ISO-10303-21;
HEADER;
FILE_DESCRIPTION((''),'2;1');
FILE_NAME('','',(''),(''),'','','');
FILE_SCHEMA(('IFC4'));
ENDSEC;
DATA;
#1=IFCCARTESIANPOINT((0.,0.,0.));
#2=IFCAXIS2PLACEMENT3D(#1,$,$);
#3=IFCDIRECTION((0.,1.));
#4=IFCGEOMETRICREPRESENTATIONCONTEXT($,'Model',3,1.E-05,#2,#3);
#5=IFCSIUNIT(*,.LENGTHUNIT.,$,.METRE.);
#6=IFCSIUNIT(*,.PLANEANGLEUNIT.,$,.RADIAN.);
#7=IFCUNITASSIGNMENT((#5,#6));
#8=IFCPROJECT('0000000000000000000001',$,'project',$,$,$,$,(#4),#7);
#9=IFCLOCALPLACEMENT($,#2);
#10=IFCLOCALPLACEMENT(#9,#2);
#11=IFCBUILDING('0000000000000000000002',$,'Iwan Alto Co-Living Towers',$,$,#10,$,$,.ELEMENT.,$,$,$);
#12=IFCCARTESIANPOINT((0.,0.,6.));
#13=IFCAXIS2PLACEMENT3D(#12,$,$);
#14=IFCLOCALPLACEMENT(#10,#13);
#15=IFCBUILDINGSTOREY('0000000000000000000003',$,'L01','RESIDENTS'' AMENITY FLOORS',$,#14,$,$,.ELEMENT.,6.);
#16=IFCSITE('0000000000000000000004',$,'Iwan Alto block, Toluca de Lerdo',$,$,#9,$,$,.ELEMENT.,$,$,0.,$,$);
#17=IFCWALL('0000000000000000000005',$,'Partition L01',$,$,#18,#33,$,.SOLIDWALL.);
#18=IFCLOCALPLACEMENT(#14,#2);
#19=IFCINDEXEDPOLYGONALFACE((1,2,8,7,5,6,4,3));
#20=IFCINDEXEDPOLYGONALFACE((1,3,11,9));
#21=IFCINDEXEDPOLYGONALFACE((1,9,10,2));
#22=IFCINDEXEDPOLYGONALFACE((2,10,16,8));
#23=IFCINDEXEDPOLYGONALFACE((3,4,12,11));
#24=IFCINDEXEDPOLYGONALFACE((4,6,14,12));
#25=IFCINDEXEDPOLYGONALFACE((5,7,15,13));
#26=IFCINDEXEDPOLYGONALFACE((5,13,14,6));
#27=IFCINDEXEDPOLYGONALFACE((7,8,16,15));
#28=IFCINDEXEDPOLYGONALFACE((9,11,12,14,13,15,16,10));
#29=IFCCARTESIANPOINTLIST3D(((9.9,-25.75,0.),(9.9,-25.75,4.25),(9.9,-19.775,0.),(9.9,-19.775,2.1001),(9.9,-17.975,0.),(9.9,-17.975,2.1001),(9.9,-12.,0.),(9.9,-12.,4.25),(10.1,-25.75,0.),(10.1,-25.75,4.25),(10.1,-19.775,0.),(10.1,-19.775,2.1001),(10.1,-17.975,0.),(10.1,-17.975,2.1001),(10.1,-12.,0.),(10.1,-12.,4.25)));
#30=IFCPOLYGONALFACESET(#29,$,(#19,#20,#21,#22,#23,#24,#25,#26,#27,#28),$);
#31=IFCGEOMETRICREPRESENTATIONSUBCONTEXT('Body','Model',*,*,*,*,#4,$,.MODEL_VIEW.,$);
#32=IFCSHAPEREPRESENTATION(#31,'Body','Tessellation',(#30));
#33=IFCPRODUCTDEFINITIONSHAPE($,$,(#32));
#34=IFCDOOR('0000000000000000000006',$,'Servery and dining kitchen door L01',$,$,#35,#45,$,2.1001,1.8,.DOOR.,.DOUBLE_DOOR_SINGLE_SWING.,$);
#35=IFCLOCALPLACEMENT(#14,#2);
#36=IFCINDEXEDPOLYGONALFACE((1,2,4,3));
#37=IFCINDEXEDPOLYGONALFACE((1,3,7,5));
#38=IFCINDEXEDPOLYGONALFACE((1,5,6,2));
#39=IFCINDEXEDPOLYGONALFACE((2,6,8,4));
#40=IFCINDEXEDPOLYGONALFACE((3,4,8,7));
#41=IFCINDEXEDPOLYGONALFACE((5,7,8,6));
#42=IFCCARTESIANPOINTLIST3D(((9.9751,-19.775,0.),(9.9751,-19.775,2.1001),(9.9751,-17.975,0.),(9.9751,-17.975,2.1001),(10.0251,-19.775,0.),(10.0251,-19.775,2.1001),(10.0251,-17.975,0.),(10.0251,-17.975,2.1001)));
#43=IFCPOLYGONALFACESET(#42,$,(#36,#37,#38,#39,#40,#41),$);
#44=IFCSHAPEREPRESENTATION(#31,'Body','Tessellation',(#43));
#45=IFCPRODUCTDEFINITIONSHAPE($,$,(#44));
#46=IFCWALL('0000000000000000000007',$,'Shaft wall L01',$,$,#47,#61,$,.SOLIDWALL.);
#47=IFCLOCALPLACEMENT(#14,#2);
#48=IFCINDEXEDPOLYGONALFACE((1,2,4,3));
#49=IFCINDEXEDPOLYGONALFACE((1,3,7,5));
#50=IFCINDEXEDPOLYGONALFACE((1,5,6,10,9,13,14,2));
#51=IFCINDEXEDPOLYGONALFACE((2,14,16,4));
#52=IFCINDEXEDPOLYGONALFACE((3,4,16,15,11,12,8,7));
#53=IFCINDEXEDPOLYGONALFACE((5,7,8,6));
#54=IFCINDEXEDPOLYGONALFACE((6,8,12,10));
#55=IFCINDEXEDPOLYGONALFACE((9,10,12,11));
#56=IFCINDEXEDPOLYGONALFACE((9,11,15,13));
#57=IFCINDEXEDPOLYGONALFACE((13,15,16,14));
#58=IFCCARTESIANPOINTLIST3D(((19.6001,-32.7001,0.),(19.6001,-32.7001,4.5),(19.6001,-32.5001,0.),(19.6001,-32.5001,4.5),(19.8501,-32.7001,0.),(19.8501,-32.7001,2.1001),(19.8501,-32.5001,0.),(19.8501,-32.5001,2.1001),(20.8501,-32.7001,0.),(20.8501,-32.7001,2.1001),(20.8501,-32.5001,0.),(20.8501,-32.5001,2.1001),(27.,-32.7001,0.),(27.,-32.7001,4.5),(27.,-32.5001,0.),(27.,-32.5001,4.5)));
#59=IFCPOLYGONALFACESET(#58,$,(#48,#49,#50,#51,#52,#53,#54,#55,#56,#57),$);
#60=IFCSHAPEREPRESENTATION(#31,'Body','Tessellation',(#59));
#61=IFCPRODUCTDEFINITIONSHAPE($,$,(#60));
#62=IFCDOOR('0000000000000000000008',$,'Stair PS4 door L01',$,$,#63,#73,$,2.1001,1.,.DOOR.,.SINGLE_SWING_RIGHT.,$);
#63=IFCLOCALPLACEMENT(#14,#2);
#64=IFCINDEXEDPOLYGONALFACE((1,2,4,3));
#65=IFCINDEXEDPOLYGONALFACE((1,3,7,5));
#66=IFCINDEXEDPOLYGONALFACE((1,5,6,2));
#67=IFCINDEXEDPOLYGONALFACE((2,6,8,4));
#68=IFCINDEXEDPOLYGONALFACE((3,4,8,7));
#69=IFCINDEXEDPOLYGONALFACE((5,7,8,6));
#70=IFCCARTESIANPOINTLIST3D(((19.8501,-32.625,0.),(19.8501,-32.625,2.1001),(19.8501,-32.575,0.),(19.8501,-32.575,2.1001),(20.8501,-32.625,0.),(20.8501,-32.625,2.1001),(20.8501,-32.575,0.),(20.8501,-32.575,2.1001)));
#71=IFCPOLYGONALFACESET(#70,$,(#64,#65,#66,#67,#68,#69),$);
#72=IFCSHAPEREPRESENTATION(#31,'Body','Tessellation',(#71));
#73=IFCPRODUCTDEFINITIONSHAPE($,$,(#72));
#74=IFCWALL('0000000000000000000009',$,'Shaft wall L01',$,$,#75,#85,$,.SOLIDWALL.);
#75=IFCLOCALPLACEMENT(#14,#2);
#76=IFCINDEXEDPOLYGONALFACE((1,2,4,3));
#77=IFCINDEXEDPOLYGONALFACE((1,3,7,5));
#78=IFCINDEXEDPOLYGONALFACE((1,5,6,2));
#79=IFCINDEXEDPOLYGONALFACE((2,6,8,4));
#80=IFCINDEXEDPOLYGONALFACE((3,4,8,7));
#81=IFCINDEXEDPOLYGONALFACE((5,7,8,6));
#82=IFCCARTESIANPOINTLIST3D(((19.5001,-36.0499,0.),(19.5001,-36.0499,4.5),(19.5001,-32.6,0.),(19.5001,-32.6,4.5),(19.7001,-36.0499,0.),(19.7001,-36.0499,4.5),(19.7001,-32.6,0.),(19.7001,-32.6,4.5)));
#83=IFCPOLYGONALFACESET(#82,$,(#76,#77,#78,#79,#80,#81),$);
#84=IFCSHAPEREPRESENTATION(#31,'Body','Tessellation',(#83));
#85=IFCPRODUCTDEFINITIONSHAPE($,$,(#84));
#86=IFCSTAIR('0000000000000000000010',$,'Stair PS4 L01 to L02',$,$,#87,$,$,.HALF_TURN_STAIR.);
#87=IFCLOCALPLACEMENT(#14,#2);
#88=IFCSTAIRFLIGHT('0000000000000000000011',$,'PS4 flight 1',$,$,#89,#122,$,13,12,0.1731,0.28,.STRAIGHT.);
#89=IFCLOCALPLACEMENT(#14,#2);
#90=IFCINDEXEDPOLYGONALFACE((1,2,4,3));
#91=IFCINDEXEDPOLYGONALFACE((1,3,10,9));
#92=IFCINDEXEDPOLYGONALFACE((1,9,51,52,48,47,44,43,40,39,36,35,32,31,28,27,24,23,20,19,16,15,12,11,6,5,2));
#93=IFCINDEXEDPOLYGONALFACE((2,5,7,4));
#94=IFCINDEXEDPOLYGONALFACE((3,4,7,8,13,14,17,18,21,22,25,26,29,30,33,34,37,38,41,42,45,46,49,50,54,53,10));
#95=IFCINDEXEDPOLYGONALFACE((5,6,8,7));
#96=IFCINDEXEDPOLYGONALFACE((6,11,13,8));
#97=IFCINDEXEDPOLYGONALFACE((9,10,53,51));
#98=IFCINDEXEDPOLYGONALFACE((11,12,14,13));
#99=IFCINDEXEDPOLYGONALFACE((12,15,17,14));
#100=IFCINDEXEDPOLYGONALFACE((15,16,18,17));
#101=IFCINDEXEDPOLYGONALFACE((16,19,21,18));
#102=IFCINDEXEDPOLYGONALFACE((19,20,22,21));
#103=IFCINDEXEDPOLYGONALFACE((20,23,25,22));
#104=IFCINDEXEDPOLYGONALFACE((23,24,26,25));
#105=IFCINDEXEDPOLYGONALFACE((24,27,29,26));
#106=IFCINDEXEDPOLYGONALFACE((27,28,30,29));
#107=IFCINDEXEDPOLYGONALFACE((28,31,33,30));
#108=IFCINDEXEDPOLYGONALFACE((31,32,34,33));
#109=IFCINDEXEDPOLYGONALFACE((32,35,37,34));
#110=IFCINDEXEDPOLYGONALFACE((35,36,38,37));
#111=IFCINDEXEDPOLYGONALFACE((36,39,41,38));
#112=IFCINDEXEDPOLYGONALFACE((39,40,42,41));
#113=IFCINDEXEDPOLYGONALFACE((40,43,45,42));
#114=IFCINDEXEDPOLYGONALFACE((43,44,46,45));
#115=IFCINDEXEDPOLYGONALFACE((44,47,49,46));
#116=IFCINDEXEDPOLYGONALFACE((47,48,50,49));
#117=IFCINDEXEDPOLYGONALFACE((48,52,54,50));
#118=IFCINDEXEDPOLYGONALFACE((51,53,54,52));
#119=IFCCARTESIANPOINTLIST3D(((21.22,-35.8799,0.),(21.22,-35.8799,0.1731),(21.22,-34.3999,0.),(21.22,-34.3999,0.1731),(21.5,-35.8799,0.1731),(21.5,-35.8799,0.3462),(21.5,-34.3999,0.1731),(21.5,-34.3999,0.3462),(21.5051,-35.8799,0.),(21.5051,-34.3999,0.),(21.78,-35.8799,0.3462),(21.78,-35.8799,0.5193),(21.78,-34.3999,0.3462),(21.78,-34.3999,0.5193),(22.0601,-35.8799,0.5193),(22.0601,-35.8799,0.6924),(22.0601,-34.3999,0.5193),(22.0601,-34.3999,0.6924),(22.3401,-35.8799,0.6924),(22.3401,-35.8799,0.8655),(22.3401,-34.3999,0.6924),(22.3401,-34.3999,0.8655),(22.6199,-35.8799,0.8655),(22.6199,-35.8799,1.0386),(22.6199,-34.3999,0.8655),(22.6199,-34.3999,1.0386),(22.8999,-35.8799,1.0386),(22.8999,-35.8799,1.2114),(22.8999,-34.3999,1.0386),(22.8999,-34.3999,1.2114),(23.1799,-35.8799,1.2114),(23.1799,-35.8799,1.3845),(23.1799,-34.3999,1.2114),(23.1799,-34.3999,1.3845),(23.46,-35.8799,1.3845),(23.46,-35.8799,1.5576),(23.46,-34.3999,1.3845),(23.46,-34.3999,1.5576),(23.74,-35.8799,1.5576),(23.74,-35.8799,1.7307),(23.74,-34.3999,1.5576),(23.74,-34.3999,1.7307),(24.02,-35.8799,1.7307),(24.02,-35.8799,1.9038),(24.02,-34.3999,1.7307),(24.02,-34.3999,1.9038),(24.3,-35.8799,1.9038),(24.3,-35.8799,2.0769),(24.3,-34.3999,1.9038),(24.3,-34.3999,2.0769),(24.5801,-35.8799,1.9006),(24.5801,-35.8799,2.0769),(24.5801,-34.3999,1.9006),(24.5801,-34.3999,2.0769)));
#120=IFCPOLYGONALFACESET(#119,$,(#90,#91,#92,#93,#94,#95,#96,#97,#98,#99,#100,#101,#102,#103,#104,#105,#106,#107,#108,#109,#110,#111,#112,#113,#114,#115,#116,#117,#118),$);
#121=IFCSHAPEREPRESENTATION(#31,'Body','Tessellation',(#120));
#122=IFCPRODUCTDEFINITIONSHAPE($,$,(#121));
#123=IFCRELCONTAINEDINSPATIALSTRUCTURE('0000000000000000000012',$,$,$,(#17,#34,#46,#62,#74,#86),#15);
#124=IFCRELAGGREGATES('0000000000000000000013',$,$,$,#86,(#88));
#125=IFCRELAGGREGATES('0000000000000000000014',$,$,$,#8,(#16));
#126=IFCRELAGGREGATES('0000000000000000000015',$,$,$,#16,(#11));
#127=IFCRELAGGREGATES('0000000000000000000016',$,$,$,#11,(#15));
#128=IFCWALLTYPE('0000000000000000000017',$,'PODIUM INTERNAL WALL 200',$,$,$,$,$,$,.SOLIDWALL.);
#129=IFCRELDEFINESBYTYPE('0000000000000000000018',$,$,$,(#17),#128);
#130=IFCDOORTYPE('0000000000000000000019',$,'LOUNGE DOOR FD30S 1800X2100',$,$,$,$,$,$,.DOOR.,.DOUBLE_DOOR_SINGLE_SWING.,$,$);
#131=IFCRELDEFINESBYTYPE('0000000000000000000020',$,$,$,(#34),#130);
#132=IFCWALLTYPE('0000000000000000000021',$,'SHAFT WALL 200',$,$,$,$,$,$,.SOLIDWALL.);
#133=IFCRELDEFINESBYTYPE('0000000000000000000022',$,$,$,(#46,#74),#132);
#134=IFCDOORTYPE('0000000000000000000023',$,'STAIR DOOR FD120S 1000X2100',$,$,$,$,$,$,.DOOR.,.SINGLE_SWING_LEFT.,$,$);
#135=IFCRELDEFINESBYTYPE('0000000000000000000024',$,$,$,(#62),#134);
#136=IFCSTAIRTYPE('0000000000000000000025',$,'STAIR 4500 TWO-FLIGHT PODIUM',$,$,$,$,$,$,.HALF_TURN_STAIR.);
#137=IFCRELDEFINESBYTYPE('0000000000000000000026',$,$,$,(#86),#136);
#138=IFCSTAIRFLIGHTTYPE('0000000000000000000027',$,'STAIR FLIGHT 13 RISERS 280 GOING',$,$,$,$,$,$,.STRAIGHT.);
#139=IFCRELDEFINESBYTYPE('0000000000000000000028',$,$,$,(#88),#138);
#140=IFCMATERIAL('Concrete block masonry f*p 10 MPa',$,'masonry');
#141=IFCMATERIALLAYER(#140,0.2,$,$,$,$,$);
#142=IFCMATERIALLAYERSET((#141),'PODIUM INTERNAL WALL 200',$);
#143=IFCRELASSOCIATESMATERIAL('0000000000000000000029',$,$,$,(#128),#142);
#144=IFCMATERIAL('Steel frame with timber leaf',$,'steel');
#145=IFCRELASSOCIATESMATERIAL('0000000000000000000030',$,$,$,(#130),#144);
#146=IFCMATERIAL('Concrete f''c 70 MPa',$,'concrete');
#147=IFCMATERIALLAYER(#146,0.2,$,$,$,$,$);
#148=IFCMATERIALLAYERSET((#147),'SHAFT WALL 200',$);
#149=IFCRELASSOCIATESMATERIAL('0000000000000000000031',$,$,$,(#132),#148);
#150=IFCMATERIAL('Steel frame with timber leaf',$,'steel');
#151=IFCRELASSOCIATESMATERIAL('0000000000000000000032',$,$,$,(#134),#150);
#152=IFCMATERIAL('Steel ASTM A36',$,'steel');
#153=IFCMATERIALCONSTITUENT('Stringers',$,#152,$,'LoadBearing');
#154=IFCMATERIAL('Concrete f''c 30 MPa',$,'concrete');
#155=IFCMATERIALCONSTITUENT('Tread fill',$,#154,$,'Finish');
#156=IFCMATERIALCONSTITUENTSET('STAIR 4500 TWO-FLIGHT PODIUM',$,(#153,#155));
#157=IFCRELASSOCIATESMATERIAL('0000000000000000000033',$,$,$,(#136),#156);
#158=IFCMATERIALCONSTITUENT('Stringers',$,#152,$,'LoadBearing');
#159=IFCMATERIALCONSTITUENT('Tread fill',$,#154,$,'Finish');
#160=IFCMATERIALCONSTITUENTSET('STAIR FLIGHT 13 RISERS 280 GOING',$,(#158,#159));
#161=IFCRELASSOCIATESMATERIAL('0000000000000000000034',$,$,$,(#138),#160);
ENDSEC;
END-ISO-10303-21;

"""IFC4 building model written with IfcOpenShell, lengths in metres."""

from ifc_helpers import new_model, si_unit, direction, frame, frame_2d, origin, place, context, subcontext, project, spatial, polyline, rectangle, outline, extrude, material, layer, layer_set, constituent, constituent_set, type_object, element, fill, aggregate, save


model = new_model("IFC4")

# Units and contexts
model_context = context("Model", 3, precision=1e-05, world=origin(), true_north=direction((0.0, 1.0)))
body_context = subcontext(model_context, "Body", "Model", "MODEL_VIEW")
ifc_project = project(units=[si_unit("LENGTHUNIT", "METRE"), si_unit("PLANEANGLEUNIT", "RADIAN")], contexts=[model_context])

# Site, building, storey
site_placement = place(None, origin())
site = spatial("IfcSite", under=ifc_project, at=site_placement, Name="Iwan Alto block, Toluca de Lerdo", CompositionType="ELEMENT", RefElevation=0.0)
building_placement = place(site_placement, origin())
building = spatial("IfcBuilding", under=site, at=building_placement, Name="Iwan Alto Co-Living Towers", CompositionType="ELEMENT")
storey_placement = place(building_placement, frame((0.0, 0.0, 6.0)))
storey = spatial("IfcBuildingStorey", under=building, at=storey_placement, Name="L01", Description="RESIDENTS' AMENITY FLOORS", CompositionType="ELEMENT", Elevation=6.0)

# Shared definitions
ifc_material_1 = material(Name="Concrete block masonry f*p 10 MPa", Category="masonry")
ifc_layer_1 = layer(ifc_material_1, 0.2)
ifc_layer_set_1 = layer_set([ifc_layer_1], Name="PODIUM INTERNAL WALL 200")
wall_type_1 = type_object("IfcWallType", Name="PODIUM INTERNAL WALL 200", PredefinedType="SOLIDWALL", material=ifc_layer_set_1)

# Walls, openings, doors
wall_1_placement = place(storey_placement, frame((10.0, -25.75, 0.0), z_axis=(0.0, 0.0, 1.0), x_axis=(0.0, 1.0, 0.0)))
wall_1 = element("IfcWall", 1, at=wall_1_placement, inside=storey, type_object=wall_type_1, Name="Partition L01", PredefinedType="SOLIDWALL", context=body_context, shape_type="SweptSolid", body=[
    extrude(rectangle(XDim=13.75, YDim=0.2, at=frame_2d((6.875, 0.0))), origin(), (0.0, 0.0, 1.0), 4.25),
])
opening_1_placement = place(wall_1_placement, frame((5.9751, 0.0, 0.0)))
opening_1 = element("IfcOpeningElement", 2, at=opening_1_placement, cuts=wall_1, PredefinedType="OPENING", context=body_context, shape_type="SweptSolid", body=[
    extrude(rectangle(XDim=1.8, YDim=2.1001, at=frame_2d((0.8999, 1.05))), frame((0.0, 0.1099, 0.0), z_axis=(0.0, -1.0, 0.0), x_axis=(1.0, 0.0, 0.0)), (0.0, 0.0, 1.0), 0.22),
])
ifc_material_2 = material(Name="Steel frame with timber leaf", Category="steel")
door_type_1 = type_object("IfcDoorType", Name="LOUNGE DOOR FD30S 1800X2100", OperationType="DOUBLE_DOOR_SINGLE_SWING", PredefinedType="DOOR", material=ifc_material_2)
door_1_placement = place(opening_1_placement, origin())
door_1 = element("IfcDoor", 3, at=door_1_placement, inside=storey, type_object=door_type_1, Name="Servery and dining kitchen door L01", OperationType="DOUBLE_DOOR_SINGLE_SWING", OverallHeight=2.1001, OverallWidth=1.8, PredefinedType="DOOR", context=body_context, shape_type="SweptSolid", body=[
    extrude(rectangle(XDim=1.8, YDim=2.1001, at=frame_2d((0.8999, 1.05))), frame((0.0, 0.0249, 0.0), z_axis=(0.0, -1.0, 0.0), x_axis=(1.0, 0.0, 0.0)), (0.0, 0.0, 1.0), 0.05),
])
fill(opening_1, door_1)
ifc_material_3 = material(Name="Concrete f'c 70 MPa", Category="concrete")
ifc_layer_2 = layer(ifc_material_3, 0.2)
ifc_layer_set_2 = layer_set([ifc_layer_2], Name="SHAFT WALL 200")
wall_type_2 = type_object("IfcWallType", Name="SHAFT WALL 200", PredefinedType="SOLIDWALL", material=ifc_layer_set_2)
wall_2_placement = place(storey_placement, frame((19.6001, -32.6001, 0.0), z_axis=(0.0, 0.0, 1.0), x_axis=(1.0, 0.0, 0.0)))
wall_2 = element("IfcWall", 4, at=wall_2_placement, inside=storey, type_object=wall_type_2, Name="Shaft wall L01", PredefinedType="SOLIDWALL", context=body_context, shape_type="SweptSolid", body=[
    extrude(rectangle(XDim=7.3999, YDim=0.2, at=frame_2d((3.7, 0.0))), origin(), (0.0, 0.0, 1.0), 4.5),
])
opening_2_placement = place(wall_2_placement, frame((0.25, 0.0, 0.0)))
opening_2 = element("IfcOpeningElement", 5, at=opening_2_placement, cuts=wall_2, PredefinedType="OPENING", context=body_context, shape_type="SweptSolid", body=[
    extrude(rectangle(XDim=1.0, YDim=2.1001, at=frame_2d((0.5, 1.05))), frame((0.0, 0.1099, 0.0), z_axis=(0.0, -1.0, 0.0), x_axis=(1.0, 0.0, 0.0)), (0.0, 0.0, 1.0), 0.22),
])
ifc_material_4 = material(Name="Steel frame with timber leaf", Category="steel")
door_type_2 = type_object("IfcDoorType", Name="STAIR DOOR FD120S 1000X2100", OperationType="SINGLE_SWING_LEFT", PredefinedType="DOOR", material=ifc_material_4)
door_2_placement = place(opening_2_placement, frame((1.0, 0.0, 0.0), z_axis=(0.0, 0.0, 1.0), x_axis=(-1.0, 0.0, 0.0)))
door_2 = element("IfcDoor", 6, at=door_2_placement, inside=storey, type_object=door_type_2, Name="Stair PS4 door L01", OperationType="SINGLE_SWING_RIGHT", OverallHeight=2.1001, OverallWidth=1.0, PredefinedType="DOOR", context=body_context, shape_type="SweptSolid", body=[
    extrude(rectangle(XDim=1.0, YDim=2.1001, at=frame_2d((0.5, 1.05))), frame((0.0, 0.0249, 0.0), z_axis=(0.0, -1.0, 0.0), x_axis=(1.0, 0.0, 0.0)), (0.0, 0.0, 1.0), 0.05),
])
fill(opening_2, door_2)

# Wall
wall_3_placement = place(storey_placement, frame((19.6001, -36.05, 0.0), z_axis=(0.0, 0.0, 1.0), x_axis=(0.0, 1.0, 0.0)))
element("IfcWall", 7, at=wall_3_placement, inside=storey, type_object=wall_type_2, Name="Shaft wall L01", PredefinedType="SOLIDWALL", context=body_context, shape_type="SweptSolid", body=[
    extrude(rectangle(XDim=3.45, YDim=0.2, at=frame_2d((1.7251, 0.0))), origin(), (0.0, 0.0, 1.0), 4.5),
])

# Stair, stair flight
ifc_material_5 = material(Name="Steel ASTM A36", Category="steel")
ifc_constituent_1 = constituent(ifc_material_5, Name="Stringers", Category="LoadBearing")
ifc_material_6 = material(Name="Concrete f'c 30 MPa", Category="concrete")
ifc_constituent_2 = constituent(ifc_material_6, Name="Tread fill", Category="Finish")
ifc_constituent_set_1 = constituent_set(constituents=[ifc_constituent_1, ifc_constituent_2], Name="STAIR 4500 TWO-FLIGHT PODIUM")
stair_type = type_object("IfcStairType", Name="STAIR 4500 TWO-FLIGHT PODIUM", PredefinedType="HALF_TURN_STAIR", material=ifc_constituent_set_1)
stair_placement = place(storey_placement, origin())
stair = element("IfcStair", 8, at=stair_placement, inside=storey, type_object=stair_type, Name="Stair PS4 L01 to L02", PredefinedType="HALF_TURN_STAIR")
ifc_constituent_3 = constituent(ifc_material_5, Name="Stringers", Category="LoadBearing")
ifc_constituent_4 = constituent(ifc_material_6, Name="Tread fill", Category="Finish")
ifc_constituent_set_2 = constituent_set(constituents=[ifc_constituent_3, ifc_constituent_4], Name="STAIR FLIGHT 13 RISERS 280 GOING")
stair_flight_type = type_object("IfcStairFlightType", Name="STAIR FLIGHT 13 RISERS 280 GOING", PredefinedType="STRAIGHT", material=ifc_constituent_set_2)
stair_flight_placement = place(storey_placement, frame((21.22, -35.1399, 0.0), z_axis=(0.0, 0.0, 1.0), x_axis=(1.0, 0.0, 0.0)))
stair_flight = element("IfcStairFlight", 9, at=stair_flight_placement, type_object=stair_flight_type, Name="PS4 flight 1", NumberOfRisers=13, NumberOfTreads=12, PredefinedType="STRAIGHT", RiserHeight=0.1731, TreadLength=0.28, context=body_context, shape_type="SweptSolid", body=[
    extrude(outline(polyline([(0.0, 0.0), (0.0, 0.1731), (0.28, 0.1731), (0.28, 0.3462), (0.5601, 0.3462), (0.5601, 0.5193), (0.8401, 0.5193), (0.8401, 0.6924), (1.1201, 0.6924), (1.1201, 0.8655), (1.3999, 0.8655), (1.3999, 1.0386), (1.6799, 1.0386), (1.6799, 1.2114), (1.96, 1.2114), (1.96, 1.3845), (2.24, 1.3845), (2.24, 1.5576), (2.52, 1.5576), (2.52, 1.7307), (2.8, 1.7307), (2.8, 1.9038), (3.0801, 1.9038), (3.0801, 2.0769), (3.3601, 2.0769), (3.3601, 2.25), (3.3601, 1.9006), (0.2852, 0.0), (0.0, 0.0)])), frame((0.0, 0.74, 0.0), z_axis=(0.0, -1.0, 0.0), x_axis=(1.0, 0.0, 0.0)), (0.0, 0.0, 1.0), 1.48),
])
aggregate(stair, [stair_flight])

save(model, "model.ifc")
